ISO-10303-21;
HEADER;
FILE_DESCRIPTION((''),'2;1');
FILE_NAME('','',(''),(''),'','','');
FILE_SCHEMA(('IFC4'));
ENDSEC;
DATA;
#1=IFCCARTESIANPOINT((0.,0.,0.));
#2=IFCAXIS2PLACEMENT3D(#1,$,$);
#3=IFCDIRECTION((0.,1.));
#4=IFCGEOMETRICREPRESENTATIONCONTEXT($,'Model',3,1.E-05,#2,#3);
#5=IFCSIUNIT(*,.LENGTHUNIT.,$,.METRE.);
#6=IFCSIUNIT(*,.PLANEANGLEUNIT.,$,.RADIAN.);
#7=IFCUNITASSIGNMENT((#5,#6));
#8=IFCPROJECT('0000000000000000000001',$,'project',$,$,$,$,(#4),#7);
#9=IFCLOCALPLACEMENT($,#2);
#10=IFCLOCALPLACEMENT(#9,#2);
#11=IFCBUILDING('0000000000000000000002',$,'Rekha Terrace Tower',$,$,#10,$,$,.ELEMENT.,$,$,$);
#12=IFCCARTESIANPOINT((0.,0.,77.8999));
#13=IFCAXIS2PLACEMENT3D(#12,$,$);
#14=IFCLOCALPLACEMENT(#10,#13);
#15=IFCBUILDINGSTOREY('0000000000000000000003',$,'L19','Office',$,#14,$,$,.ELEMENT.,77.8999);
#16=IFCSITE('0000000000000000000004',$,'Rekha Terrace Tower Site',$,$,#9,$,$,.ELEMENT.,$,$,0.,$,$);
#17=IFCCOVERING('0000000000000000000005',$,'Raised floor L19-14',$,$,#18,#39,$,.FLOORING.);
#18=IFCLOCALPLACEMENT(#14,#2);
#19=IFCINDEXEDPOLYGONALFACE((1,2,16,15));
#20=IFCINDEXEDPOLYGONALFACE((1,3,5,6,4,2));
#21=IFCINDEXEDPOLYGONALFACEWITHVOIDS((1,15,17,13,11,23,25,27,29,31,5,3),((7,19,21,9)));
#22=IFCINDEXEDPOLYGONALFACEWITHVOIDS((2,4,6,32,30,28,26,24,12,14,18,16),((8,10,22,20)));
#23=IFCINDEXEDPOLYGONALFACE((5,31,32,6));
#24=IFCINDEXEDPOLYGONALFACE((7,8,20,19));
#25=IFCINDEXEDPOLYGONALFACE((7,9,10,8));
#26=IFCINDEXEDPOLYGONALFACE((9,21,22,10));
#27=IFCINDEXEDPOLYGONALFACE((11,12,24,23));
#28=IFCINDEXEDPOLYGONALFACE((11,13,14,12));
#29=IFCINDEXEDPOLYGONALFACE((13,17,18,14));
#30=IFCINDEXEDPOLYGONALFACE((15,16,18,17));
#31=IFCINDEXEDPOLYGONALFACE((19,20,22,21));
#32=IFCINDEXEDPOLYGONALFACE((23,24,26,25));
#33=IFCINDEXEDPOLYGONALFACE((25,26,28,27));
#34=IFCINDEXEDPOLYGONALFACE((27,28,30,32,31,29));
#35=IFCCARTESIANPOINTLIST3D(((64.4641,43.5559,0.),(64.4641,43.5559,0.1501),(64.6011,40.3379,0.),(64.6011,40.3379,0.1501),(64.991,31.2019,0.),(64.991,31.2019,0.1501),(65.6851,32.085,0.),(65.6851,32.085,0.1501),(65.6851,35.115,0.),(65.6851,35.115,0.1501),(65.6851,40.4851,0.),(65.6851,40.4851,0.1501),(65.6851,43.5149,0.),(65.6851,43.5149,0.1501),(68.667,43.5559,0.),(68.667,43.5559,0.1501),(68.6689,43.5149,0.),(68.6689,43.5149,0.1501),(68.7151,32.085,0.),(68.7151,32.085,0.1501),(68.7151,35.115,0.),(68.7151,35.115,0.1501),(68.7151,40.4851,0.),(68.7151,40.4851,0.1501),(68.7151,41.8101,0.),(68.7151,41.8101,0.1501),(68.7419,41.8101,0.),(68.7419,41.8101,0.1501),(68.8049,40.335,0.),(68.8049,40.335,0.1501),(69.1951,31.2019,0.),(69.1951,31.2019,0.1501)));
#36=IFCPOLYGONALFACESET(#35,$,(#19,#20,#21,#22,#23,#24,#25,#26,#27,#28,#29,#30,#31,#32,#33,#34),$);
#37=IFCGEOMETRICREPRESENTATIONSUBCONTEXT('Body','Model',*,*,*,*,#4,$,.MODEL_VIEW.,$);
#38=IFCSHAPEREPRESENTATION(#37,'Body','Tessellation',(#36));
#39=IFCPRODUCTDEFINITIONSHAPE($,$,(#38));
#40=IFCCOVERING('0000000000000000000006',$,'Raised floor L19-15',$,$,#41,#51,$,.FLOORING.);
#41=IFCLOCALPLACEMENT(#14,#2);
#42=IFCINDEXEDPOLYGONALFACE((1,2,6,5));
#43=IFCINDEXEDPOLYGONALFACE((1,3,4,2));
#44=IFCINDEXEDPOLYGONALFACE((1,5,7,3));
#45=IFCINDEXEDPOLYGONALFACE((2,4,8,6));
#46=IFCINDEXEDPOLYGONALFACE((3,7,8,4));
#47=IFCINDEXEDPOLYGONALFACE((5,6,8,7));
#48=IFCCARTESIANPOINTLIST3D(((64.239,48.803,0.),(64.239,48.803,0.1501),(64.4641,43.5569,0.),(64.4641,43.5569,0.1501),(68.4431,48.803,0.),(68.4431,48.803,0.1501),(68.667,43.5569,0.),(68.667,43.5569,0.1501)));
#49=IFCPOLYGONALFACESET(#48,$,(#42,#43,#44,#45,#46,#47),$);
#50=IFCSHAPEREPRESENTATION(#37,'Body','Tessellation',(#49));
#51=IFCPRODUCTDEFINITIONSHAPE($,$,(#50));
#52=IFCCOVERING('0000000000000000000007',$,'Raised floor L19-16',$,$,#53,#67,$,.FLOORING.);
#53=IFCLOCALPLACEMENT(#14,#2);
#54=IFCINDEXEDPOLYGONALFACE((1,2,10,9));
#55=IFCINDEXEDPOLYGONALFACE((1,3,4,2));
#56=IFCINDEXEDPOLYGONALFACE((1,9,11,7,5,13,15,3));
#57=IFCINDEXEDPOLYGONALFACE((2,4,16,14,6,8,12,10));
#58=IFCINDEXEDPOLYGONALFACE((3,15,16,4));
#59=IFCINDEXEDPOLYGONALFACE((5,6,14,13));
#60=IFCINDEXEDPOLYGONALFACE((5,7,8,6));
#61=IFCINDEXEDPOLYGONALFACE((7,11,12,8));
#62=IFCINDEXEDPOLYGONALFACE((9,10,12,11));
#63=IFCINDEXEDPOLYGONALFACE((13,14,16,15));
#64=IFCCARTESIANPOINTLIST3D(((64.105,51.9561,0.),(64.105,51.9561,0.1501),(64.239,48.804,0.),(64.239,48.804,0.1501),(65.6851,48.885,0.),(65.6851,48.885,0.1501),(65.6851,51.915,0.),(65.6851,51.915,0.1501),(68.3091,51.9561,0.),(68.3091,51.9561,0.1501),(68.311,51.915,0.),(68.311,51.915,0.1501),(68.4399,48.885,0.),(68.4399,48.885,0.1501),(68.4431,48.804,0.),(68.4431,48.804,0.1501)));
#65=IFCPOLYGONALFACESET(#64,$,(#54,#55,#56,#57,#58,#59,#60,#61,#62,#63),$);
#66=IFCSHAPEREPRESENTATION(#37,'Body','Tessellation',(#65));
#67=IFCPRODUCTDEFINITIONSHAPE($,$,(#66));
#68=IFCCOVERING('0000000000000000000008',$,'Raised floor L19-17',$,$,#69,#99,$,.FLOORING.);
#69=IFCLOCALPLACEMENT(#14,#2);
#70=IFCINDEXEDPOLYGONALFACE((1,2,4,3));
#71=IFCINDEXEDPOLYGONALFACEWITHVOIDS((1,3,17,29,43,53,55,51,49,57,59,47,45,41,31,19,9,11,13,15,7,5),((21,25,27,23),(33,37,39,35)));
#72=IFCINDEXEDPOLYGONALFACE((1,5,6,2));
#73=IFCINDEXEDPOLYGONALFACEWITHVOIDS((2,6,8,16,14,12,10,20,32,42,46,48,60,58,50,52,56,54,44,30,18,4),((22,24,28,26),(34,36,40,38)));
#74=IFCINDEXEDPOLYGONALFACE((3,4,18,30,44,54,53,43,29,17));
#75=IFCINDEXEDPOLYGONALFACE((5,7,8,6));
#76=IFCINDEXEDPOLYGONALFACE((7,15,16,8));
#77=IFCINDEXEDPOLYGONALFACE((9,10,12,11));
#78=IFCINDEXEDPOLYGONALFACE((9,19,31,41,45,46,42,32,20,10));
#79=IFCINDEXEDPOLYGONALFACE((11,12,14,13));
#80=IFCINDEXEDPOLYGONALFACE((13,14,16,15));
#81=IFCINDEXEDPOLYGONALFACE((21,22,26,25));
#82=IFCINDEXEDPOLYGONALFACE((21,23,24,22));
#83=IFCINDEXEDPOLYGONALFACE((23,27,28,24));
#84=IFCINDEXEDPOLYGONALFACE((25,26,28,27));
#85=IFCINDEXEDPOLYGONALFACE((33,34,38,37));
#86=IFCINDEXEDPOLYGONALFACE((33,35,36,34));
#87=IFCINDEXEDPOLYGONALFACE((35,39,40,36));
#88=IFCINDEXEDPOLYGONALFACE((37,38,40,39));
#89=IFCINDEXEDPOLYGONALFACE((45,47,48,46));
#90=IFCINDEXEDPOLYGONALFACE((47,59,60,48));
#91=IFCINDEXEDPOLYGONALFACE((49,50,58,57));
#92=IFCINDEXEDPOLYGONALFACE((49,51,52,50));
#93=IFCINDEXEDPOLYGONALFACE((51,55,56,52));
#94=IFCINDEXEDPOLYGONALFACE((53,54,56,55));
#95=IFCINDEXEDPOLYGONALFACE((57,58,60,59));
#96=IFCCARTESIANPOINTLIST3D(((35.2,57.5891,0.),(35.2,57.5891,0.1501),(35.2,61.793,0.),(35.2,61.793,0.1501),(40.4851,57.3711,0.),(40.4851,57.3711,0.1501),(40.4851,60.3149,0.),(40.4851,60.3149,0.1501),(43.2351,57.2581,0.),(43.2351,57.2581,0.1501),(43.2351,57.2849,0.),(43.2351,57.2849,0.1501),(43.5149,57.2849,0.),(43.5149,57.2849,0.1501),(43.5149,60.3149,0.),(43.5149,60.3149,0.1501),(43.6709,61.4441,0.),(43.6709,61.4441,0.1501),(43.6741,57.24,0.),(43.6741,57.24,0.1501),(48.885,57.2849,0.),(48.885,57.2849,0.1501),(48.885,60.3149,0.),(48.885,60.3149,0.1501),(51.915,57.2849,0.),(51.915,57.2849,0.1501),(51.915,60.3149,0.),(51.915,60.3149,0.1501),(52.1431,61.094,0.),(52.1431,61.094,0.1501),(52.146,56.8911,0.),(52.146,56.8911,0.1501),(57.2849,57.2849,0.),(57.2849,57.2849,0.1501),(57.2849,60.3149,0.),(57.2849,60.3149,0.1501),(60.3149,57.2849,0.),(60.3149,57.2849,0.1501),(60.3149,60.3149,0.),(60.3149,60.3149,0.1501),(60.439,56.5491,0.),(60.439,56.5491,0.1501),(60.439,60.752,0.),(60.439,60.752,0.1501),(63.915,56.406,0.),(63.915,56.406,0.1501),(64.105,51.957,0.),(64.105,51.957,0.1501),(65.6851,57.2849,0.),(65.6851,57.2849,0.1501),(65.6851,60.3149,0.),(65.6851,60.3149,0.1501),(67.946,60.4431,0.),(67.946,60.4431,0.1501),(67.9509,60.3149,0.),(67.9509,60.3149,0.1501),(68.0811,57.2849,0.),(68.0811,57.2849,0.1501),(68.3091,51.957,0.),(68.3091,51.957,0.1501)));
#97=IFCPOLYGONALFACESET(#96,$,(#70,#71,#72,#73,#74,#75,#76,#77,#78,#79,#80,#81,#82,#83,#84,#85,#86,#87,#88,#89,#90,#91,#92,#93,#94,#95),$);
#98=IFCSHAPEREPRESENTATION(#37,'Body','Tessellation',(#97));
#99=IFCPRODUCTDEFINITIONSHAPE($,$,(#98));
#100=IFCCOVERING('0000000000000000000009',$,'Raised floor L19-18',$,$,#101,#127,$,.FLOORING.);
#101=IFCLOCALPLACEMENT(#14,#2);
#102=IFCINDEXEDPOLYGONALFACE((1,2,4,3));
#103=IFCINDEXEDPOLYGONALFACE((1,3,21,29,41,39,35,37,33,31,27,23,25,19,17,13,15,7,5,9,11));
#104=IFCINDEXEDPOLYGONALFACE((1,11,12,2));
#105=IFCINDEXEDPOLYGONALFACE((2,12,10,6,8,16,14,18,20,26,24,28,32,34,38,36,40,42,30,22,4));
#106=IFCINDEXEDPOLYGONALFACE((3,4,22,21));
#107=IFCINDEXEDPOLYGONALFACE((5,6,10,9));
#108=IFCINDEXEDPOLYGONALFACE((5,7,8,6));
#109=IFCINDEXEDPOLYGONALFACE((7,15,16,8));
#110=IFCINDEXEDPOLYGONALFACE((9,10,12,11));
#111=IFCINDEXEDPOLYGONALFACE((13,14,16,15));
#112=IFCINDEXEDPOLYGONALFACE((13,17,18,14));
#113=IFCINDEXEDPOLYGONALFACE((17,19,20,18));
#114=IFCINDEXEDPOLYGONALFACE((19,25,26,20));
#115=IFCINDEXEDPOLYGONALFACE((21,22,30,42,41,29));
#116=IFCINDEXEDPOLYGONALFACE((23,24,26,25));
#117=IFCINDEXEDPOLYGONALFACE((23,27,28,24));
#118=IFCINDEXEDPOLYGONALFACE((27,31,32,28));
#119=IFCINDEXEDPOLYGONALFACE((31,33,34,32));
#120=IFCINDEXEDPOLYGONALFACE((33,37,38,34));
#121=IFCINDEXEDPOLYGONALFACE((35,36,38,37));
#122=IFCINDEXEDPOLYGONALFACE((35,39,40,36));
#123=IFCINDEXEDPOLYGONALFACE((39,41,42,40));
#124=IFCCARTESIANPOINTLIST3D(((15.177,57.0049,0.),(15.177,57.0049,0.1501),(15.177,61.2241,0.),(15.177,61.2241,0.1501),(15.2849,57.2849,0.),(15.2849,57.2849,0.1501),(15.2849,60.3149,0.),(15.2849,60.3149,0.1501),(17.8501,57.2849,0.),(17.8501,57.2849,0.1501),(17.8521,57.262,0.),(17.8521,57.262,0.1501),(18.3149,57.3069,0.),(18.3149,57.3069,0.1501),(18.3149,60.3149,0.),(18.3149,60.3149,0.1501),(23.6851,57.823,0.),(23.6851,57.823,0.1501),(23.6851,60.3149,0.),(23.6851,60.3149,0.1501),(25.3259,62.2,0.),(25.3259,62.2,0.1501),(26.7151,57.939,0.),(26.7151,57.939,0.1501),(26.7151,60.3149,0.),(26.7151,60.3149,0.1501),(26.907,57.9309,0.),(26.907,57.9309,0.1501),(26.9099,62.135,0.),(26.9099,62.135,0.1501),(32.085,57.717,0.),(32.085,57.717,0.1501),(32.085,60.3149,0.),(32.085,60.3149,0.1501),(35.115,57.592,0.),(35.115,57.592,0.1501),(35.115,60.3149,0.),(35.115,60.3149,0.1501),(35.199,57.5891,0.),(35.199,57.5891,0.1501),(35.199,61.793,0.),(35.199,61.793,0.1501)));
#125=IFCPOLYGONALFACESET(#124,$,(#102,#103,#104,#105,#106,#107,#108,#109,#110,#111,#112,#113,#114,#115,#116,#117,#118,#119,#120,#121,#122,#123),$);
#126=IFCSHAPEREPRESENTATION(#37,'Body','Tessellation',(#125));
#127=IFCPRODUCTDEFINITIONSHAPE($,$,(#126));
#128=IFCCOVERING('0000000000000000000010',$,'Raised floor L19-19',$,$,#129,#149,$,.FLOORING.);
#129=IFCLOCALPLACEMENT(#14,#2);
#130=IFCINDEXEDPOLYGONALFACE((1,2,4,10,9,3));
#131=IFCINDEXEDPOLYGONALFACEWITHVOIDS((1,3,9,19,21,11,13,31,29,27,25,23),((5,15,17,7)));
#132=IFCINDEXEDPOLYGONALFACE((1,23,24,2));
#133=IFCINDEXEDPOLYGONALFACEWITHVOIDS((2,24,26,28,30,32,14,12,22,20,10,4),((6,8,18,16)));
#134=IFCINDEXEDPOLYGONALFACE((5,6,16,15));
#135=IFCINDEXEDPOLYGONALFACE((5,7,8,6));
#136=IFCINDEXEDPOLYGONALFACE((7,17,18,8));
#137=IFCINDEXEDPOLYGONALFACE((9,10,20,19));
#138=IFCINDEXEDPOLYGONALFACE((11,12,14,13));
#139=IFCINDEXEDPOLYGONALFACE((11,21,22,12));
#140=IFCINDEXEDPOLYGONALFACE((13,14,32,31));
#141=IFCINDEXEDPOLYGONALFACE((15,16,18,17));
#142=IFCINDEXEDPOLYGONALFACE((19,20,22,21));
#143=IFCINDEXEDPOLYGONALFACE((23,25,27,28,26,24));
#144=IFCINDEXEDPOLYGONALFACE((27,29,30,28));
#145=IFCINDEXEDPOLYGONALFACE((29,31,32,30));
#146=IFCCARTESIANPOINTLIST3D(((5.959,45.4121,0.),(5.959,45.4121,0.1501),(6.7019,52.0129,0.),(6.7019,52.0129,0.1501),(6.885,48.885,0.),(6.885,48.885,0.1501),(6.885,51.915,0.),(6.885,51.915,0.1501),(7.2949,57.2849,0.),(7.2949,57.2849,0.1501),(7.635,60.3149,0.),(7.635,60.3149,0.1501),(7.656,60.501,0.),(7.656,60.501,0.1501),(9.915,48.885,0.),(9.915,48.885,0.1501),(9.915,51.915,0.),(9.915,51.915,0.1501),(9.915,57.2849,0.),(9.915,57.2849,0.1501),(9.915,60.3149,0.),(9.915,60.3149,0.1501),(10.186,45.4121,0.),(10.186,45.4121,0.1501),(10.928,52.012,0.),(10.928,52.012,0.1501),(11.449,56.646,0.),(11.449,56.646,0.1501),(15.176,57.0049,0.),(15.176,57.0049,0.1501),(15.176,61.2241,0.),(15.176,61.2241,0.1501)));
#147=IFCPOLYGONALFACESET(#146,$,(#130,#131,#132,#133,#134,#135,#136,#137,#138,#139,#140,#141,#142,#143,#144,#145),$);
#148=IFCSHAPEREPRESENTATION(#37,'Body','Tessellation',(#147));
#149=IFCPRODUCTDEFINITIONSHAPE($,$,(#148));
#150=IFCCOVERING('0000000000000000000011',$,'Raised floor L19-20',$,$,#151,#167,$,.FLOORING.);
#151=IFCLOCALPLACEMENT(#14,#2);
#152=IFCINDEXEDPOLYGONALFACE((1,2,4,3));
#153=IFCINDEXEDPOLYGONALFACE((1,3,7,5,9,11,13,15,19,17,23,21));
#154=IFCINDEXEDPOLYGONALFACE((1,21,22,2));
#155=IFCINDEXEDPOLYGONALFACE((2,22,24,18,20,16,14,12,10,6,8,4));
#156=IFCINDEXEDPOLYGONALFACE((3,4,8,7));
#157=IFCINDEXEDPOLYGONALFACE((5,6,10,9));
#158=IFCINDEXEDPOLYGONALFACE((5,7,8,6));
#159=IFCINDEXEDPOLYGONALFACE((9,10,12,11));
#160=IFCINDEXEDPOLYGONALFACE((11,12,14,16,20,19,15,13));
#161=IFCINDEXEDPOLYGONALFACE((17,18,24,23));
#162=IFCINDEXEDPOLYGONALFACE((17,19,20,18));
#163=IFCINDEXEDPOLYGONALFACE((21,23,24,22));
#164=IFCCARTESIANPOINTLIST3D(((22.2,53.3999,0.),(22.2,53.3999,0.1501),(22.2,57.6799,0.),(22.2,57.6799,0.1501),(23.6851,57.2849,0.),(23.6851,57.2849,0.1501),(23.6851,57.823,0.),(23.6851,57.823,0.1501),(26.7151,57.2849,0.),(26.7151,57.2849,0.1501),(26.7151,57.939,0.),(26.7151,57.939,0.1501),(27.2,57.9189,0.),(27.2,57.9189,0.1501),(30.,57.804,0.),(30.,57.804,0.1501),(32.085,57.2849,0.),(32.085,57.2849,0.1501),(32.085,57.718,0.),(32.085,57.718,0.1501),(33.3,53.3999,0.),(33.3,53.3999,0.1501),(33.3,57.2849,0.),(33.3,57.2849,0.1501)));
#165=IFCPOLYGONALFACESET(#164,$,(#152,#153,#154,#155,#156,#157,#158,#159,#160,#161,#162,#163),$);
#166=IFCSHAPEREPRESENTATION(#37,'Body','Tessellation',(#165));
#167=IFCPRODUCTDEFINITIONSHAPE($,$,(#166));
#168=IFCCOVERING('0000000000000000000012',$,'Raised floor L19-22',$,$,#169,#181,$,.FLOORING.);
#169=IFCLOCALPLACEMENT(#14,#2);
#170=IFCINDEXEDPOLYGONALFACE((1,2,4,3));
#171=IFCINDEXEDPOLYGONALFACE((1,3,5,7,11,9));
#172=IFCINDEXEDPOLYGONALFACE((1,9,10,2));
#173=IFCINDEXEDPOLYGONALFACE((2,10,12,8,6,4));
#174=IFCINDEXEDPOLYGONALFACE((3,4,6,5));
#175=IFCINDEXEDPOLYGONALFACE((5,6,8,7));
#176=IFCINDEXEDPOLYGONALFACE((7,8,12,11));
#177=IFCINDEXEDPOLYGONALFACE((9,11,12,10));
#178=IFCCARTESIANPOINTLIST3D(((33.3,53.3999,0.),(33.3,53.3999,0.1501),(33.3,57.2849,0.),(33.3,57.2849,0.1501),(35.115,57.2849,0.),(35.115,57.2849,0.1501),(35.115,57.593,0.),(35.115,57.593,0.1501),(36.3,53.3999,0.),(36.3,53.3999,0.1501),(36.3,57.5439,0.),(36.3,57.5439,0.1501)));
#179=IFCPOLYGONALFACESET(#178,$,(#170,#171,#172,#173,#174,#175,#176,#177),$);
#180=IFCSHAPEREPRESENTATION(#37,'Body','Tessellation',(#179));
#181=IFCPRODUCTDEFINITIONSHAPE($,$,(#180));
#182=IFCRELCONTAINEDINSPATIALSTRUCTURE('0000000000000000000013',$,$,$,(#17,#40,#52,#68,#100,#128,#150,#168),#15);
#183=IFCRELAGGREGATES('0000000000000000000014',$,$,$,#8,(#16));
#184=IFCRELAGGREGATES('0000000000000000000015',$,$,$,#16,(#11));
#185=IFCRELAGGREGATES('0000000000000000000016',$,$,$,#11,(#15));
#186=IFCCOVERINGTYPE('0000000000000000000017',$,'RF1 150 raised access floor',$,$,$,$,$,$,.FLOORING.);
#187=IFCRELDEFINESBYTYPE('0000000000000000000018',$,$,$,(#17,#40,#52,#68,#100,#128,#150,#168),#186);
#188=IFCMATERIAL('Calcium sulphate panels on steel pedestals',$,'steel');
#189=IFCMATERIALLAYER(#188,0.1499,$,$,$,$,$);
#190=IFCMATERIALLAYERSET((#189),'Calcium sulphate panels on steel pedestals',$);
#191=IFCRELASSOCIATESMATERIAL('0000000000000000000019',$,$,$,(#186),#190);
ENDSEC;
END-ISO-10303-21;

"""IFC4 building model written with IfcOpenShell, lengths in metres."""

from ifc_helpers import new_model, si_unit, direction, frame, origin, place, context, subcontext, project, spatial, polyline, outline, extrude, material, layer, layer_set, type_object, element, save


model = new_model("IFC4")

# Units and contexts
model_context = context("Model", 3, precision=1e-05, world=origin(), true_north=direction((0.0, 1.0)))
body_context = subcontext(model_context, "Body", "Model", "MODEL_VIEW")
ifc_project = project(units=[si_unit("LENGTHUNIT", "METRE"), si_unit("PLANEANGLEUNIT", "RADIAN")], contexts=[model_context])

# Site, building, storey
site_placement = place(None, origin())
site = spatial("IfcSite", under=ifc_project, at=site_placement, Name="Rekha Terrace Tower Site", CompositionType="ELEMENT", RefElevation=0.0)
building_placement = place(site_placement, origin())
building = spatial("IfcBuilding", under=site, at=building_placement, Name="Rekha Terrace Tower", CompositionType="ELEMENT")
storey_placement = place(building_placement, frame((0.0, 0.0, 77.8999)))
storey = spatial("IfcBuildingStorey", under=building, at=storey_placement, Name="L19", Description="Office", CompositionType="ELEMENT", Elevation=77.8999)

# Coverings
ifc_material_1 = material(Name="Calcium sulphate panels on steel pedestals", Category="steel")
ifc_layer_1 = layer(ifc_material_1, 0.1499)
ifc_layer_set_1 = layer_set([ifc_layer_1], Name="Calcium sulphate panels on steel pedestals")
covering_type_1 = type_object("IfcCoveringType", Name="RF1 150 raised access floor", PredefinedType="FLOORING", material=ifc_layer_set_1)
covering_1_placement = place(storey_placement, origin())
element("IfcCovering", 1, at=covering_1_placement, inside=storey, type_object=covering_type_1, Name="Raised floor L19-14", PredefinedType="FLOORING", context=body_context, shape_type="SweptSolid", body=[
    extrude(outline(polyline([(68.6689, 43.5149), (68.667, 43.5559), (64.4641, 43.5559), (64.6011, 40.3379), (64.991, 31.2019), (69.1951, 31.2019), (68.8049, 40.335), (68.7419, 41.8101), (68.7151, 41.8101), (68.7151, 40.4851), (65.6851, 40.4851), (65.6851, 43.5149), (68.6689, 43.5149)]), holes=[polyline([(68.7151, 32.085), (65.6851, 32.085), (65.6851, 35.115), (68.7151, 35.115), (68.7151, 32.085)])]), origin(), (0.0, 0.0, 1.0), 0.1501),
])
covering_2_placement = place(storey_placement, origin())
element("IfcCovering", 2, at=covering_2_placement, inside=storey, type_object=covering_type_1, Name="Raised floor L19-15", PredefinedType="FLOORING", context=body_context, shape_type="SweptSolid", body=[
    extrude(outline(polyline([(68.4431, 48.803), (64.239, 48.803), (64.4641, 43.5569), (68.667, 43.5569), (68.4431, 48.803)])), origin(), (0.0, 0.0, 1.0), 0.1501),
])
covering_3_placement = place(storey_placement, origin())
element("IfcCovering", 3, at=covering_3_placement, inside=storey, type_object=covering_type_1, Name="Raised floor L19-16", PredefinedType="FLOORING", context=body_context, shape_type="SweptSolid", body=[
    extrude(outline(polyline([(68.3091, 51.9561), (64.105, 51.9561), (64.239, 48.804), (68.4431, 48.804), (68.4399, 48.885), (65.6851, 48.885), (65.6851, 51.915), (68.311, 51.915), (68.3091, 51.9561)])), origin(), (0.0, 0.0, 1.0), 0.1501),
])
covering_4_placement = place(storey_placement, origin())
element("IfcCovering", 4, at=covering_4_placement, inside=storey, type_object=covering_type_1, Name="Raised floor L19-17", PredefinedType="FLOORING", context=body_context, shape_type="SweptSolid", body=[
    extrude(outline(polyline([(52.1431, 61.094), (43.6709, 61.4441), (35.2, 61.793), (35.2, 57.5891), (40.4851, 57.3711), (40.4851, 60.3149), (43.5149, 60.3149), (43.5149, 57.2849), (43.2351, 57.2849), (43.2351, 57.2581), (43.6741, 57.24), (52.146, 56.8911), (60.439, 56.5491), (63.915, 56.406), (64.105, 51.957), (68.3091, 51.957), (68.0811, 57.2849), (65.6851, 57.2849), (65.6851, 60.3149), (67.9509, 60.3149), (67.946, 60.4431), (60.439, 60.752), (52.1431, 61.094)]), holes=[polyline([(60.3149, 57.2849), (57.2849, 57.2849), (57.2849, 60.3149), (60.3149, 60.3149), (60.3149, 57.2849)]), polyline([(51.915, 57.2849), (48.885, 57.2849), (48.885, 60.3149), (51.915, 60.3149), (51.915, 57.2849)])]), origin(), (0.0, 0.0, 1.0), 0.1501),
])
covering_5_placement = place(storey_placement, origin())
element("IfcCovering", 5, at=covering_5_placement, inside=storey, type_object=covering_type_1, Name="Raised floor L19-18", PredefinedType="FLOORING", context=body_context, shape_type="SweptSolid", body=[
    extrude(outline(polyline([(25.3259, 62.2), (15.177, 61.2241), (15.177, 57.0049), (17.8521, 57.262), (17.8501, 57.2849), (15.2849, 57.2849), (15.2849, 60.3149), (18.3149, 60.3149), (18.3149, 57.3069), (23.6851, 57.823), (23.6851, 60.3149), (26.7151, 60.3149), (26.7151, 57.939), (26.907, 57.9309), (32.085, 57.717), (32.085, 60.3149), (35.115, 60.3149), (35.115, 57.592), (35.199, 57.5891), (35.199, 61.793), (26.9099, 62.135), (25.3259, 62.2)])), origin(), (0.0, 0.0, 1.0), 0.1501),
])
covering_6_placement = place(storey_placement, origin())
element("IfcCovering", 6, at=covering_6_placement, inside=storey, type_object=covering_type_1, Name="Raised floor L19-19", PredefinedType="FLOORING", context=body_context, shape_type="SweptSolid", body=[
    extrude(outline(polyline([(9.915, 57.2849), (7.2949, 57.2849), (6.7019, 52.0129), (5.959, 45.4121), (10.186, 45.4121), (10.928, 52.012), (11.449, 56.646), (15.176, 57.0049), (15.176, 61.2241), (7.656, 60.501), (7.635, 60.3149), (9.915, 60.3149), (9.915, 57.2849)]), holes=[polyline([(9.915, 51.915), (9.915, 48.885), (6.885, 48.885), (6.885, 51.915), (9.915, 51.915)])]), origin(), (0.0, 0.0, 1.0), 0.1501),
])
covering_7_placement = place(storey_placement, origin())
element("IfcCovering", 7, at=covering_7_placement, inside=storey, type_object=covering_type_1, Name="Raised floor L19-20", PredefinedType="FLOORING", context=body_context, shape_type="SweptSolid", body=[
    extrude(outline(polyline([(22.2, 53.3999), (33.3, 53.3999), (33.3, 57.2849), (32.085, 57.2849), (32.085, 57.718), (30.0, 57.804), (27.2, 57.9189), (26.7151, 57.939), (26.7151, 57.2849), (23.6851, 57.2849), (23.6851, 57.823), (22.2, 57.6799), (22.2, 53.3999)])), origin(), (0.0, 0.0, 1.0), 0.1501),
])
covering_8_placement = place(storey_placement, origin())
element("IfcCovering", 8, at=covering_8_placement, inside=storey, type_object=covering_type_1, Name="Raised floor L19-22", PredefinedType="FLOORING", context=body_context, shape_type="SweptSolid", body=[
    extrude(outline(polyline([(33.3, 53.3999), (36.3, 53.3999), (36.3, 57.5439), (35.115, 57.593), (35.115, 57.2849), (33.3, 57.2849), (33.3, 53.3999)])), origin(), (0.0, 0.0, 1.0), 0.1501),
])

save(model, "model.ifc")
